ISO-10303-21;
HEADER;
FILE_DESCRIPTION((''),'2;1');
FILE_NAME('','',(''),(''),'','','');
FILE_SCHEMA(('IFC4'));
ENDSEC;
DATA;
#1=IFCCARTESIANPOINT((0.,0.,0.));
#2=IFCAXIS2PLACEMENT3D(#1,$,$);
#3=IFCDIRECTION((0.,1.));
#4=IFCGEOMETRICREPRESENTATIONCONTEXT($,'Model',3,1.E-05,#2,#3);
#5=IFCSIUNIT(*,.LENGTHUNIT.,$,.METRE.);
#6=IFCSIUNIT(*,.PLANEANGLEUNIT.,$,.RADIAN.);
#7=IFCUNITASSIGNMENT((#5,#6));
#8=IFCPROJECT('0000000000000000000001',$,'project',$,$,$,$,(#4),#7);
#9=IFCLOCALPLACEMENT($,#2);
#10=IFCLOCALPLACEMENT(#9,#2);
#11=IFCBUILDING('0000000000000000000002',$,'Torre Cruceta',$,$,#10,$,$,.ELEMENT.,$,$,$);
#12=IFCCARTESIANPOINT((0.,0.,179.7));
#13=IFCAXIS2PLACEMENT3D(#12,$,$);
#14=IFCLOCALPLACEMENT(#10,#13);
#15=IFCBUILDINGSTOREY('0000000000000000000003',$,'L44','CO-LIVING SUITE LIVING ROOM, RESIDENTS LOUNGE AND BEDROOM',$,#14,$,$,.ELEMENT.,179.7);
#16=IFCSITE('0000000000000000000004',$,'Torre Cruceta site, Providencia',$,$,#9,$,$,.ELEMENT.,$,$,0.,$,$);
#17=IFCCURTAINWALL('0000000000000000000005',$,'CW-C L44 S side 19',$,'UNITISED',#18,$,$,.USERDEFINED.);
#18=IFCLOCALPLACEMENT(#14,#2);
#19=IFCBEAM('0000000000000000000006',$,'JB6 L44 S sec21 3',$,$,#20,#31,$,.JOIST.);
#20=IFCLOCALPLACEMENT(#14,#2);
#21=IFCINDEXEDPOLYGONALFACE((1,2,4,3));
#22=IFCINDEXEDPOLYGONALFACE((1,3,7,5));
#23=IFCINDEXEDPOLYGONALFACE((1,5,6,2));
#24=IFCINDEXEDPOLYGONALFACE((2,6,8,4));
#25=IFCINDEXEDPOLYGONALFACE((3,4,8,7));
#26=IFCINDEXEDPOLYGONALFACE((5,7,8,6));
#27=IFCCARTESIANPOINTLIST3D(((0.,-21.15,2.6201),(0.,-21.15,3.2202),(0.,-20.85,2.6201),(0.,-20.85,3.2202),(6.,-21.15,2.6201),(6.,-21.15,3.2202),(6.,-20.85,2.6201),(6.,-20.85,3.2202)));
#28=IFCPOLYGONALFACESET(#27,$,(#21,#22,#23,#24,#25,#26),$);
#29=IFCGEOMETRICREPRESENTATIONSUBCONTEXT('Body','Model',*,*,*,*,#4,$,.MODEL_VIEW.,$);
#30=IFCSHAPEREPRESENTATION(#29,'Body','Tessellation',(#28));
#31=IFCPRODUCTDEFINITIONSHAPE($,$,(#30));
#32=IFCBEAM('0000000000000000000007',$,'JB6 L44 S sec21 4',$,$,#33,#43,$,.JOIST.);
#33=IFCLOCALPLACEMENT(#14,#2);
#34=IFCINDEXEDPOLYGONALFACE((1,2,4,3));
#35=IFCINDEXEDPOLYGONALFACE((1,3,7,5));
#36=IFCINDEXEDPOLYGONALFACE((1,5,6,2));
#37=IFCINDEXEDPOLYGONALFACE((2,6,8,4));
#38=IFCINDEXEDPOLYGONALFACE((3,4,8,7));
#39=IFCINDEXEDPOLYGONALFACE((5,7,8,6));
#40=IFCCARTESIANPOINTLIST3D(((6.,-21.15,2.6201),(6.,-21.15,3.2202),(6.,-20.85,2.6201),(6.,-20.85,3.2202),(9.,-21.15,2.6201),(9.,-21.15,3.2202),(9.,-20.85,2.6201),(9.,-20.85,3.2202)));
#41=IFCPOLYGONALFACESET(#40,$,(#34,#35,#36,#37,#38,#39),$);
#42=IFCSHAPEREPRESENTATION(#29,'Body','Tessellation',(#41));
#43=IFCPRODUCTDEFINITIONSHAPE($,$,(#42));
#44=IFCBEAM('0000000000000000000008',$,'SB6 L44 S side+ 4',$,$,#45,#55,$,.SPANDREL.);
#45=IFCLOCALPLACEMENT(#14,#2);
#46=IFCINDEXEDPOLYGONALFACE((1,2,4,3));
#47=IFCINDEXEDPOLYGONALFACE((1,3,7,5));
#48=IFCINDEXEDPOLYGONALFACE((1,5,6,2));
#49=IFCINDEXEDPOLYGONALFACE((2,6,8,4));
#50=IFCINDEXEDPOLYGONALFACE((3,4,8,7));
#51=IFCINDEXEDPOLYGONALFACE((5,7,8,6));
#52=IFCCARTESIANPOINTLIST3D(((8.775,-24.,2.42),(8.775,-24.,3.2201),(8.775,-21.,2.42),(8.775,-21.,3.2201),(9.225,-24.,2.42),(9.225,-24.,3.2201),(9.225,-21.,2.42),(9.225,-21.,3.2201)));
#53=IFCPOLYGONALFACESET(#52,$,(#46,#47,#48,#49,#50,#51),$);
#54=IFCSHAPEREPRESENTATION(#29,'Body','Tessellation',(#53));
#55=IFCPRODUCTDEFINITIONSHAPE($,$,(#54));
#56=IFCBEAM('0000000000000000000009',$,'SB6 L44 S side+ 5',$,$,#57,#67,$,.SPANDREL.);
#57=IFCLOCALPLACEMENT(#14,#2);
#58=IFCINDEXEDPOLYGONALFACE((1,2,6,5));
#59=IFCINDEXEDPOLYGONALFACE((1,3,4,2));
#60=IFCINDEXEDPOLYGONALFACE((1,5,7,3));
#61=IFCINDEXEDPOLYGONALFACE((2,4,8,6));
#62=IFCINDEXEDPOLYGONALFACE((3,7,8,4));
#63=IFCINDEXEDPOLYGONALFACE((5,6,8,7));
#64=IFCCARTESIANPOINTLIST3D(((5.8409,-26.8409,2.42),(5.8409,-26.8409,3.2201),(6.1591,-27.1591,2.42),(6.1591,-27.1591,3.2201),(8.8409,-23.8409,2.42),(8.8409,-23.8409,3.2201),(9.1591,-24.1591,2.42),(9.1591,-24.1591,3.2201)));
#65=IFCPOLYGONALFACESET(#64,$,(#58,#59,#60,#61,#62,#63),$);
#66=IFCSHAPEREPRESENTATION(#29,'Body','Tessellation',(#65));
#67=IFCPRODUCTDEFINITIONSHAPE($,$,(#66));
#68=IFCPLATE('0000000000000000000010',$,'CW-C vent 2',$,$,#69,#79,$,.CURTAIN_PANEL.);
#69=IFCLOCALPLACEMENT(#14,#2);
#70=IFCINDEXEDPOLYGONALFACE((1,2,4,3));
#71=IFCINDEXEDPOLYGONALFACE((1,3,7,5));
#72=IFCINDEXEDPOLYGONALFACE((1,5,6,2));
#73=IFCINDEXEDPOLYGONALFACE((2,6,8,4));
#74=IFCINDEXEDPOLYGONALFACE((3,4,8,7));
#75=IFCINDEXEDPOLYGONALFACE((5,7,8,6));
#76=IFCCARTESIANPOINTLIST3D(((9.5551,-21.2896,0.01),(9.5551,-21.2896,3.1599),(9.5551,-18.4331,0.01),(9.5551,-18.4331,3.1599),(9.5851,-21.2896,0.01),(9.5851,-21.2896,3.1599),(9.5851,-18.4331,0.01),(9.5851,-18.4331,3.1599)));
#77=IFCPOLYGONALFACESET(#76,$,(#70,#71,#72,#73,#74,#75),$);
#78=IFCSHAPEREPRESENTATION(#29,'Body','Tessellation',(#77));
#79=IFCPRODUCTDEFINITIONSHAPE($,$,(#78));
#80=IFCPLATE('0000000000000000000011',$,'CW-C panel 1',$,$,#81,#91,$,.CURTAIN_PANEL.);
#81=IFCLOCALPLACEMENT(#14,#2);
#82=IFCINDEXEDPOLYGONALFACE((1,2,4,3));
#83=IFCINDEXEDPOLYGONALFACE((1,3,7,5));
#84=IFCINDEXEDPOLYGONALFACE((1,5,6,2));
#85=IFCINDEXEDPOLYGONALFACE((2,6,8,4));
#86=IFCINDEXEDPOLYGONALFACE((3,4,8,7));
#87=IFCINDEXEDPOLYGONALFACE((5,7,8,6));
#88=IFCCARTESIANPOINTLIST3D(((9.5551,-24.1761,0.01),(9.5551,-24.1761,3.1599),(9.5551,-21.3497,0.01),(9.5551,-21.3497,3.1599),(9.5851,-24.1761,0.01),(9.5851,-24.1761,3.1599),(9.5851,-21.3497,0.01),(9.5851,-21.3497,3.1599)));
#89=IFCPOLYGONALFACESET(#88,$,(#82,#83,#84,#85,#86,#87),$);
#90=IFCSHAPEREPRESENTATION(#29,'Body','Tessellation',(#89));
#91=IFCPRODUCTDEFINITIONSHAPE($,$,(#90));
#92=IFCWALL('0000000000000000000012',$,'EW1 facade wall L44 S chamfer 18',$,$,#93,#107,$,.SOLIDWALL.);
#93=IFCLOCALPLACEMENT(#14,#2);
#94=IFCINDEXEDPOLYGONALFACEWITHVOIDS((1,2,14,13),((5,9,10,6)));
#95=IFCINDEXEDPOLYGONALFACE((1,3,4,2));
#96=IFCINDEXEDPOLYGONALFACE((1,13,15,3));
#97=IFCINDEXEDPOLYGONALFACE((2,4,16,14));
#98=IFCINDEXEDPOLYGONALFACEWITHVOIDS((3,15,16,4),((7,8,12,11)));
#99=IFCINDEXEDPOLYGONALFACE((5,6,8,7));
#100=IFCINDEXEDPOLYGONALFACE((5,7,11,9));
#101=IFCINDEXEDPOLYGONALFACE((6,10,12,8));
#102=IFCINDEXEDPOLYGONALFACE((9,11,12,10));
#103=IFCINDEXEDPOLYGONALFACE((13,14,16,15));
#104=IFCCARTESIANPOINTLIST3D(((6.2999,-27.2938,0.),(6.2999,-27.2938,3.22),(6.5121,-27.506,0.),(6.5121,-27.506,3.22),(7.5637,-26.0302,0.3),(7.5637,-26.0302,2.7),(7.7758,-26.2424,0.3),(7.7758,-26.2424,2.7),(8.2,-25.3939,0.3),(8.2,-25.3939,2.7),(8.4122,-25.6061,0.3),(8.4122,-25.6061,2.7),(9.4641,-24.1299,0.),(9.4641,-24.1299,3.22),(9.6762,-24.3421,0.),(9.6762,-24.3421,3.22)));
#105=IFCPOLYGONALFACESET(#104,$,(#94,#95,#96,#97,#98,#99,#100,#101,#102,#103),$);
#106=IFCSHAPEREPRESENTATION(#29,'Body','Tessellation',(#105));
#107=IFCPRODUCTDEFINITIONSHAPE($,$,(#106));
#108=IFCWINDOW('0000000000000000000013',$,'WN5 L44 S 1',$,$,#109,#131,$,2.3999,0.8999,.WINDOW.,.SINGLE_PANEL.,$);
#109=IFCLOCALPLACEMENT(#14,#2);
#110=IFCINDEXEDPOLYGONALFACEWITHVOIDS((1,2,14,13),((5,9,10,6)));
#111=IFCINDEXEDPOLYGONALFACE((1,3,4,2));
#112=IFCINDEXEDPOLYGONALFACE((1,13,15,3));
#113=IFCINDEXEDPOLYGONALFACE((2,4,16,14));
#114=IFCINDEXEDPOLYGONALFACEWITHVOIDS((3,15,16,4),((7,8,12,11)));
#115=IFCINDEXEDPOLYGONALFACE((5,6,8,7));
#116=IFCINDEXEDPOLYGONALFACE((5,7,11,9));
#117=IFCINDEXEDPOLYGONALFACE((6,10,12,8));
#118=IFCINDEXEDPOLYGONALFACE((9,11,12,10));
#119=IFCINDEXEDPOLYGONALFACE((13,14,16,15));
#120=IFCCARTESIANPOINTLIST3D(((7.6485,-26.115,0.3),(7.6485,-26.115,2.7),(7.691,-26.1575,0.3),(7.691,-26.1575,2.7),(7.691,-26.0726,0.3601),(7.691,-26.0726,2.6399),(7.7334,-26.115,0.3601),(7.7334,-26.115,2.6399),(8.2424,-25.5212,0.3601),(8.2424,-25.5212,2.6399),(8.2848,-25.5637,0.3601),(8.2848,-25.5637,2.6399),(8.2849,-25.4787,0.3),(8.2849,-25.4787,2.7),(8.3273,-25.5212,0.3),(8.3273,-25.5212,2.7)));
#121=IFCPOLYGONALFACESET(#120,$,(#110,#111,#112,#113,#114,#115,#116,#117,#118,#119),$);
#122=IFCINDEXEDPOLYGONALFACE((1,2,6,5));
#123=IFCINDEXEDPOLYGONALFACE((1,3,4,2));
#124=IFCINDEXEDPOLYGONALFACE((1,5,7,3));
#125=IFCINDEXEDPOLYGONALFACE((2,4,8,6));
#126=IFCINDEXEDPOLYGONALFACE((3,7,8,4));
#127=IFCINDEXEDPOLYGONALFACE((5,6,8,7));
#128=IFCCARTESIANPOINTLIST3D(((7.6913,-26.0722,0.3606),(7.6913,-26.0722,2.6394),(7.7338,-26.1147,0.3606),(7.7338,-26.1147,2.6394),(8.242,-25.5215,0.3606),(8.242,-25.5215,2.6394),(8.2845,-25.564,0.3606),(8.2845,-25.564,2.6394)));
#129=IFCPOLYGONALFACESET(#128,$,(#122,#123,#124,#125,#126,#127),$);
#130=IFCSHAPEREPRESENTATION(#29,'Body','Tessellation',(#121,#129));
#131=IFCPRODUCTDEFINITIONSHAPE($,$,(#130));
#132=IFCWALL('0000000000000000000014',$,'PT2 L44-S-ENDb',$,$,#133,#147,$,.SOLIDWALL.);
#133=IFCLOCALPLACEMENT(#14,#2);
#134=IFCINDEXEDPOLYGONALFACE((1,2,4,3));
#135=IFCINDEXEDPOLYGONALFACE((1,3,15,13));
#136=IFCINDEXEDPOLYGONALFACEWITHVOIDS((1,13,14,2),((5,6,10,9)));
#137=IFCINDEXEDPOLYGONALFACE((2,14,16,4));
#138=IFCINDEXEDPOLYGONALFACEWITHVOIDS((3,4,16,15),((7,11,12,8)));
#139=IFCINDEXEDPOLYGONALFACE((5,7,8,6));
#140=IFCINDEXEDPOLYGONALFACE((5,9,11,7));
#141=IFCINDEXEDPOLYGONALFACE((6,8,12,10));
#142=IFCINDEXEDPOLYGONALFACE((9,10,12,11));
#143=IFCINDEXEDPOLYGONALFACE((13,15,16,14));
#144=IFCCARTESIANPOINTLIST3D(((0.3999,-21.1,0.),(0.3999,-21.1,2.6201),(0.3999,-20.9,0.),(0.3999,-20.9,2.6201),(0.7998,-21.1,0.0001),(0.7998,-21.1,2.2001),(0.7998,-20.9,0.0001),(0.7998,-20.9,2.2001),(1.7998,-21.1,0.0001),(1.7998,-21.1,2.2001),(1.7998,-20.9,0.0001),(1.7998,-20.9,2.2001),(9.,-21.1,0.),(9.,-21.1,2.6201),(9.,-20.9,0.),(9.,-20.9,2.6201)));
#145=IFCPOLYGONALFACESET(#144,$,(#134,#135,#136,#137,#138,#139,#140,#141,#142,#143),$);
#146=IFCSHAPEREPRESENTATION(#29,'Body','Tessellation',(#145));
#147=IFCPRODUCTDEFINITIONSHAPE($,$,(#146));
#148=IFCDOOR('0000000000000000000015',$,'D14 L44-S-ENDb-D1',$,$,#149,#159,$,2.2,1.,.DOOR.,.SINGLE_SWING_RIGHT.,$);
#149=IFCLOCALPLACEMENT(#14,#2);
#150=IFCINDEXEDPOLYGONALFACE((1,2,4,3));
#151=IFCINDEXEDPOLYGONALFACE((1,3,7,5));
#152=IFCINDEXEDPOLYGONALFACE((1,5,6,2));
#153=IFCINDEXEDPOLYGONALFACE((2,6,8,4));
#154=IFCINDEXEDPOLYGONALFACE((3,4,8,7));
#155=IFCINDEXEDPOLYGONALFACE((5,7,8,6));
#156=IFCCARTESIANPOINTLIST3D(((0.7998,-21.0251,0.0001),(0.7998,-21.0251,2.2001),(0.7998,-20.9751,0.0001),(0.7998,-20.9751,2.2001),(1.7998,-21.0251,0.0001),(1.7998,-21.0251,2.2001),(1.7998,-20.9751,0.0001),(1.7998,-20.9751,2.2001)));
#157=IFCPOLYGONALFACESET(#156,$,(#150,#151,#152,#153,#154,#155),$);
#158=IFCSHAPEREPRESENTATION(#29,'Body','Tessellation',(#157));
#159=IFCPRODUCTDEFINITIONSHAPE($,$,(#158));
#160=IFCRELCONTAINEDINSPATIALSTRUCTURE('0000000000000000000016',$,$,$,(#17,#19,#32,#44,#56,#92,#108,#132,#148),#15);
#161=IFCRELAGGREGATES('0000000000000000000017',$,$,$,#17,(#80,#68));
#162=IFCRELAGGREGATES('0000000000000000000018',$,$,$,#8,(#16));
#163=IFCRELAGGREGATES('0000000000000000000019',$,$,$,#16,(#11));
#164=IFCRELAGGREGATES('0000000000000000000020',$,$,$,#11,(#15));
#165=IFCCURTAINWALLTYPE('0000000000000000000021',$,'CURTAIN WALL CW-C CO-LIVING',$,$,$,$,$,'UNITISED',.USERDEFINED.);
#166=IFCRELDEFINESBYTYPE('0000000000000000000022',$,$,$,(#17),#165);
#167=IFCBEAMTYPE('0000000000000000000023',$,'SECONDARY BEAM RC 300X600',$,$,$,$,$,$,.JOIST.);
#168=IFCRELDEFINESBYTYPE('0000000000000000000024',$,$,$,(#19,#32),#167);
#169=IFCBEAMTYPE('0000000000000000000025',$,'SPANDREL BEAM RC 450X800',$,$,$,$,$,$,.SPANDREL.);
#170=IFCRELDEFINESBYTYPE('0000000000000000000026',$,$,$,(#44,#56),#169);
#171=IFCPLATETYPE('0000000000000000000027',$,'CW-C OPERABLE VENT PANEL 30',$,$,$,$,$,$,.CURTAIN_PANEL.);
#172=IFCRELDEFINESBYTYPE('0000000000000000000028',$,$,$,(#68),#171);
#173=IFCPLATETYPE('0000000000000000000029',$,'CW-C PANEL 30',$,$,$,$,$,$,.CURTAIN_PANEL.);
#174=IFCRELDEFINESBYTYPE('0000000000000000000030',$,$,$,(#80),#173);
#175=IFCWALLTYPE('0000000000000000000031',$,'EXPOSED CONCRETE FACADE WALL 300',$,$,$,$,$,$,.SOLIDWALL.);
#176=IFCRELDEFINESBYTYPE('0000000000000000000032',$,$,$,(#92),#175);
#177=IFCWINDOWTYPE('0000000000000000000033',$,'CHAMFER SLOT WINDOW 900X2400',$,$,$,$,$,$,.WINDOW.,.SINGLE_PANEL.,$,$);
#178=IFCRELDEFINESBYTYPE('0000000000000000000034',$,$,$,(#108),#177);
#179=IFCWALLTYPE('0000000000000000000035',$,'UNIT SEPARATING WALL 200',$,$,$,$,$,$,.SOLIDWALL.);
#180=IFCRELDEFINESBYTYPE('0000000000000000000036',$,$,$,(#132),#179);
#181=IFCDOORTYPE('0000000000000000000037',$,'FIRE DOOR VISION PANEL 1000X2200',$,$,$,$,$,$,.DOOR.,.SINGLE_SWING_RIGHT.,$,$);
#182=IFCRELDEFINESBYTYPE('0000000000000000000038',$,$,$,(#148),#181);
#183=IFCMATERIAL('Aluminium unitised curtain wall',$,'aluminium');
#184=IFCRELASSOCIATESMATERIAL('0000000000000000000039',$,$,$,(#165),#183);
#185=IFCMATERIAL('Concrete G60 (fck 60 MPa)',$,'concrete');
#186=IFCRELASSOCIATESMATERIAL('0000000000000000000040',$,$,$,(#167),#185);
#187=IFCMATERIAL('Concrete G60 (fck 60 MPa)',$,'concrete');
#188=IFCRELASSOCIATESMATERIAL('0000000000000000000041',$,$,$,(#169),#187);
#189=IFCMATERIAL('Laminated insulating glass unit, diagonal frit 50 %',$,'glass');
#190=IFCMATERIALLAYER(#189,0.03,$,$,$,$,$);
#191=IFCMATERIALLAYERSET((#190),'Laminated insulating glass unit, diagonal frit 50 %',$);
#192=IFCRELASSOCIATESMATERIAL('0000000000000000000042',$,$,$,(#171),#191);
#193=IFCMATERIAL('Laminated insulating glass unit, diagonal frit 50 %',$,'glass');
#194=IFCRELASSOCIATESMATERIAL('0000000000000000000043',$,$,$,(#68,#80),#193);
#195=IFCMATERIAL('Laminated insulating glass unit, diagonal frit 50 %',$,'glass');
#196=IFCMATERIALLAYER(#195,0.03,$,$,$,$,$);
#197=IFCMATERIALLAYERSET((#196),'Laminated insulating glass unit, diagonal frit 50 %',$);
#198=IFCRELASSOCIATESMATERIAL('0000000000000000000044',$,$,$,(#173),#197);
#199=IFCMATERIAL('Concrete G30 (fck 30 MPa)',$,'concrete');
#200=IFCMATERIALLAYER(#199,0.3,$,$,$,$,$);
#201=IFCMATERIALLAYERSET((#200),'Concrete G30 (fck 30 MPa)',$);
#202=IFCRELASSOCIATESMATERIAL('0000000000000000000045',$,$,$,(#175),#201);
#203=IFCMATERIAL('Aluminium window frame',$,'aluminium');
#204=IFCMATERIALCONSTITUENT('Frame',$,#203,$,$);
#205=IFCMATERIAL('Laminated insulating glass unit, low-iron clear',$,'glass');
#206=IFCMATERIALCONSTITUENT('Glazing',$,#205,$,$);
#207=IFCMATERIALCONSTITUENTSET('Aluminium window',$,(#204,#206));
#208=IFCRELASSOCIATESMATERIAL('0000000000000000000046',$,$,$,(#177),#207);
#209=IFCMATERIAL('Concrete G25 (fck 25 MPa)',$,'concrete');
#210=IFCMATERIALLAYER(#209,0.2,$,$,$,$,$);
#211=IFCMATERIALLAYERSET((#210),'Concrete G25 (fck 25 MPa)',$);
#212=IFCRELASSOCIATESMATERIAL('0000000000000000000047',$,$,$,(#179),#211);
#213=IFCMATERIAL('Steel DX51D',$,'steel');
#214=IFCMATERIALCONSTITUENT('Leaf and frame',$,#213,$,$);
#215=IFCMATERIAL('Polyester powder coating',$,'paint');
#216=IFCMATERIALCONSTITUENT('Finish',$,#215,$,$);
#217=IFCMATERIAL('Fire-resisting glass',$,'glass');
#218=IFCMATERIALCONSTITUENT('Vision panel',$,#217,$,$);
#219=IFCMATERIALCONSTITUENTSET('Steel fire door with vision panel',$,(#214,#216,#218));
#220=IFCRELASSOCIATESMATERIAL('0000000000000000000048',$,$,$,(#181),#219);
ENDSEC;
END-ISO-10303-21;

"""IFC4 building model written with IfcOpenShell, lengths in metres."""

from ifc_helpers import new_model, si_unit, direction, frame, frame_2d, origin, origin_2d, place, context, subcontext, project, spatial, rectangle, hollow_rectangle, extrude, material, layer, layer_set, constituent, constituent_set, material_profile, profile_set, type_object, element, fill, aggregate, save


model = new_model("IFC4")

# Units and contexts
model_context = context("Model", 3, precision=1e-05, world=origin(), true_north=direction((0.0, 1.0)))
body_context = subcontext(model_context, "Body", "Model", "MODEL_VIEW")
ifc_project = project(units=[si_unit("LENGTHUNIT", "METRE"), si_unit("PLANEANGLEUNIT", "RADIAN")], contexts=[model_context])

# Site, building, storey
site_placement = place(None, origin())
site = spatial("IfcSite", under=ifc_project, at=site_placement, Name="Torre Cruceta site, Providencia", CompositionType="ELEMENT", RefElevation=0.0)
building_placement = place(site_placement, origin())
building = spatial("IfcBuilding", under=site, at=building_placement, Name="Torre Cruceta", CompositionType="ELEMENT")
storey_placement = place(building_placement, frame((0.0, 0.0, 179.7)))
storey = spatial("IfcBuildingStorey", under=building, at=storey_placement, Name="L44", Description="CO-LIVING SUITE LIVING ROOM, RESIDENTS LOUNGE AND BEDROOM", CompositionType="ELEMENT", Elevation=179.7)

# Curtain wall
ifc_material_1 = material(Name="Aluminium unitised curtain wall", Category="aluminium")
curtain_wall_type = type_object("IfcCurtainWallType", Name="CURTAIN WALL CW-C CO-LIVING", ElementType="UNITISED", PredefinedType="USERDEFINED", material=ifc_material_1)
curtain_wall_placement = place(storey_placement, origin())
curtain_wall = element("IfcCurtainWall", 1, at=curtain_wall_placement, inside=storey, type_object=curtain_wall_type, Name="CW-C L44 S side 19", ObjectType="UNITISED", PredefinedType="USERDEFINED")

# Beams
ifc_material_2 = material(Name="Concrete G60 (fck 60 MPa)", Category="concrete")
ifc_material_profile_1 = material_profile(ifc_material_2, rectangle(XDim=0.3, YDim=0.6001, at=origin_2d()), Name="RC 300X600")
ifc_profile_set_1 = profile_set([ifc_material_profile_1], Name="Concrete G60 (fck 60 MPa)")
beam_type_1 = type_object("IfcBeamType", Name="SECONDARY BEAM RC 300X600", PredefinedType="JOIST", material=ifc_profile_set_1)
beam_1_placement = place(storey_placement, frame((0.0, -21.0, 2.9202), z_axis=(1.0, 0.0, 0.0), x_axis=(0.0, 1.0, 0.0)))
element("IfcBeam", 2, at=beam_1_placement, inside=storey, type_object=beam_type_1, Name="JB6 L44 S sec21 3", PredefinedType="JOIST", context=body_context, shape_type="SweptSolid", body=[
    extrude(rectangle(XDim=0.3, YDim=0.6001, at=origin_2d()), origin(), (0.0, 0.0, 1.0), 6.0),
])
beam_2_placement = place(storey_placement, frame((6.0, -21.0, 2.9202), z_axis=(1.0, 0.0, 0.0), x_axis=(0.0, 1.0, 0.0)))
element("IfcBeam", 3, at=beam_2_placement, inside=storey, type_object=beam_type_1, Name="JB6 L44 S sec21 4", PredefinedType="JOIST", context=body_context, shape_type="SweptSolid", body=[
    extrude(rectangle(XDim=0.3, YDim=0.6001, at=origin_2d()), origin(), (0.0, 0.0, 1.0), 3.0),
])
ifc_material_3 = material(Name="Concrete G60 (fck 60 MPa)", Category="concrete")
ifc_material_profile_2 = material_profile(ifc_material_3, rectangle(XDim=0.45, YDim=0.8, at=origin_2d()), Name="RC 450X800")
ifc_profile_set_2 = profile_set([ifc_material_profile_2], Name="Concrete G60 (fck 60 MPa)")
beam_type_2 = type_object("IfcBeamType", Name="SPANDREL BEAM RC 450X800", PredefinedType="SPANDREL", material=ifc_profile_set_2)
beam_3_placement = place(storey_placement, frame((9.0, -21.0, 2.8201), z_axis=(0.0, -1.0, 0.0), x_axis=(1.0, 0.0, 0.0)))
element("IfcBeam", 4, at=beam_3_placement, inside=storey, type_object=beam_type_2, Name="SB6 L44 S side+ 4", PredefinedType="SPANDREL", context=body_context, shape_type="SweptSolid", body=[
    extrude(rectangle(XDim=0.45, YDim=0.8, at=origin_2d()), origin(), (0.0, 0.0, 1.0), 3.0),
])
beam_4_placement = place(storey_placement, frame((9.0, -24.0, 2.8201), z_axis=(-0.707107, -0.707107, 0.0), x_axis=(0.707107, -0.707107, 0.0)))
element("IfcBeam", 5, at=beam_4_placement, inside=storey, type_object=beam_type_2, Name="SB6 L44 S side+ 5", PredefinedType="SPANDREL", context=body_context, shape_type="SweptSolid", body=[
    extrude(rectangle(XDim=0.45, YDim=0.8, at=origin_2d()), origin(), (0.0, 0.0, 1.0), 4.2427),
])

# Plates
ifc_material_4 = material(Name="Laminated insulating glass unit, diagonal frit 50 %", Category="glass")
ifc_material_5 = material(Name="Laminated insulating glass unit, diagonal frit 50 %", Category="glass")
ifc_layer_1 = layer(ifc_material_5, 0.03)
ifc_layer_set_1 = layer_set([ifc_layer_1], Name="Laminated insulating glass unit, diagonal frit 50 %")
plate_type_1 = type_object("IfcPlateType", Name="CW-C OPERABLE VENT PANEL 30", PredefinedType="CURTAIN_PANEL", material=ifc_layer_set_1)
plate_1_placement = place(storey_placement, frame((9.5701, -19.8613, 0.01), z_axis=(0.0, 0.0, 1.0), x_axis=(0.0, 1.0, 0.0)))
plate_1 = element("IfcPlate", 6, at=plate_1_placement, type_object=plate_type_1, material=ifc_material_4, Name="CW-C vent 2", PredefinedType="CURTAIN_PANEL", context=body_context, shape_type="SweptSolid", body=[
    extrude(rectangle(XDim=2.8564, YDim=0.03, at=origin_2d()), origin(), (0.0, 0.0, 1.0), 3.1499),
])
ifc_material_6 = material(Name="Laminated insulating glass unit, diagonal frit 50 %", Category="glass")
ifc_layer_2 = layer(ifc_material_6, 0.03)
ifc_layer_set_2 = layer_set([ifc_layer_2], Name="Laminated insulating glass unit, diagonal frit 50 %")
plate_type_2 = type_object("IfcPlateType", Name="CW-C PANEL 30", PredefinedType="CURTAIN_PANEL", material=ifc_layer_set_2)
plate_2_placement = place(storey_placement, frame((9.5701, -22.7629, 0.01), z_axis=(0.0, 0.0, 1.0), x_axis=(0.0, 1.0, 0.0)))
plate_2 = element("IfcPlate", 7, at=plate_2_placement, type_object=plate_type_2, material=ifc_material_4, Name="CW-C panel 1", PredefinedType="CURTAIN_PANEL", context=body_context, shape_type="SweptSolid", body=[
    extrude(rectangle(XDim=2.8264, YDim=0.03, at=origin_2d()), origin(), (0.0, 0.0, 1.0), 3.1499),
])
aggregate(curtain_wall, [plate_2, plate_1])

# Wall, opening, window
ifc_material_7 = material(Name="Concrete G30 (fck 30 MPa)", Category="concrete")
ifc_layer_3 = layer(ifc_material_7, 0.3)
ifc_layer_set_3 = layer_set([ifc_layer_3], Name="Concrete G30 (fck 30 MPa)")
wall_type_1 = type_object("IfcWallType", Name="EXPOSED CONCRETE FACADE WALL 300", PredefinedType="SOLIDWALL", material=ifc_layer_set_3)
wall_1_placement = place(storey_placement, frame((6.406, -27.3999, 0.0), z_axis=(0.0, 0.0, 1.0), x_axis=(0.707134, 0.707079, 0.0)))
wall_1 = element("IfcWall", 8, at=wall_1_placement, inside=storey, type_object=wall_type_1, Name="EW1 facade wall L44 S chamfer 18", PredefinedType="SOLIDWALL", context=body_context, shape_type="SweptSolid", body=[
    extrude(rectangle(XDim=4.4746, YDim=0.3, at=frame_2d((2.2373, 0.0))), origin(), (0.0, 0.0, 1.0), 3.22),
])
opening_1_placement = place(wall_1_placement, frame((1.7871, 0.0, 0.3)))
opening_1 = element("IfcOpeningElement", 9, at=opening_1_placement, cuts=wall_1, PredefinedType="OPENING", context=body_context, shape_type="SweptSolid", body=[
    extrude(rectangle(XDim=0.8999, YDim=2.3999, at=frame_2d((0.45, 1.2))), frame((0.0, 0.1599, 0.0), z_axis=(0.0, -1.0, 0.0), x_axis=(1.0, 0.0, 0.0)), (0.0, 0.0, 1.0), 0.3201),
])
ifc_material_8 = material(Name="Aluminium window frame", Category="aluminium")
ifc_constituent_1 = constituent(ifc_material_8, Name="Frame")
ifc_material_9 = material(Name="Laminated insulating glass unit, low-iron clear", Category="glass")
ifc_constituent_2 = constituent(ifc_material_9, Name="Glazing")
ifc_constituent_set_1 = constituent_set(constituents=[ifc_constituent_1, ifc_constituent_2], Name="Aluminium window")
window_type = type_object("IfcWindowType", Name="CHAMFER SLOT WINDOW 900X2400", PartitioningType="SINGLE_PANEL", PredefinedType="WINDOW", material=ifc_constituent_set_1)
window_placement = place(opening_1_placement, origin())
window = element("IfcWindow", 10, at=window_placement, inside=storey, type_object=window_type, Name="WN5 L44 S 1", OverallHeight=2.3999, OverallWidth=0.8999, PartitioningType="SINGLE_PANEL", PredefinedType="WINDOW", context=body_context, shape_type="SweptSolid", body=[
    extrude(hollow_rectangle(XDim=0.8999, YDim=2.3999, WallThickness=0.0601, at=frame_2d((0.45, 1.2))), frame((0.0, 0.03, 0.0), z_axis=(0.0, -1.0, 0.0), x_axis=(1.0, 0.0, 0.0)), (0.0, 0.0, 1.0), 0.0601),
    extrude(rectangle(XDim=0.7788, YDim=2.2788, at=frame_2d((0.45, 1.2))), frame((0.0, 0.03, 0.0), z_axis=(0.0, -1.0, 0.0), x_axis=(1.0, 0.0, 0.0)), (0.0, 0.0, 1.0), 0.0601),
])
fill(opening_1, window)

# Wall, opening, door
ifc_material_10 = material(Name="Concrete G25 (fck 25 MPa)", Category="concrete")
ifc_layer_4 = layer(ifc_material_10, 0.2)
ifc_layer_set_4 = layer_set([ifc_layer_4], Name="Concrete G25 (fck 25 MPa)")
wall_type_2 = type_object("IfcWallType", Name="UNIT SEPARATING WALL 200", PredefinedType="SOLIDWALL", material=ifc_layer_set_4)
wall_2_placement = place(storey_placement, frame((0.3999, -21.0, 0.0), z_axis=(0.0, 0.0, 1.0), x_axis=(1.0, 0.0, 0.0)))
wall_2 = element("IfcWall", 11, at=wall_2_placement, inside=storey, type_object=wall_type_2, Name="PT2 L44-S-ENDb", PredefinedType="SOLIDWALL", context=body_context, shape_type="SweptSolid", body=[
    extrude(rectangle(XDim=8.6001, YDim=0.2, at=frame_2d((4.3, 0.0))), origin(), (0.0, 0.0, 1.0), 2.6201),
])
opening_2_placement = place(wall_2_placement, frame((0.3999, 0.0, 0.0)))
opening_2 = element("IfcOpeningElement", 12, at=opening_2_placement, cuts=wall_2, PredefinedType="OPENING", context=body_context, shape_type="SweptSolid", body=[
    extrude(rectangle(XDim=1.0, YDim=2.2, at=frame_2d((0.5, 1.1001))), frame((0.0, 0.1099, 0.0), z_axis=(0.0, -1.0, 0.0), x_axis=(1.0, 0.0, 0.0)), (0.0, 0.0, 1.0), 0.22),
])
ifc_material_11 = material(Name="Steel DX51D", Category="steel")
ifc_constituent_3 = constituent(ifc_material_11, Name="Leaf and frame")
ifc_material_12 = material(Name="Polyester powder coating", Category="paint")
ifc_constituent_4 = constituent(ifc_material_12, Name="Finish")
ifc_material_13 = material(Name="Fire-resisting glass", Category="glass")
ifc_constituent_5 = constituent(ifc_material_13, Name="Vision panel")
ifc_constituent_set_2 = constituent_set(constituents=[ifc_constituent_3, ifc_constituent_4, ifc_constituent_5], Name="Steel fire door with vision panel")
door_type = type_object("IfcDoorType", Name="FIRE DOOR VISION PANEL 1000X2200", OperationType="SINGLE_SWING_RIGHT", PredefinedType="DOOR", material=ifc_constituent_set_2)
door_placement = place(opening_2_placement, frame((1.0, 0.0, 0.0), z_axis=(0.0, 0.0, 1.0), x_axis=(-1.0, 0.0, 0.0)))
door = element("IfcDoor", 13, at=door_placement, inside=storey, type_object=door_type, Name="D14 L44-S-ENDb-D1", OperationType="SINGLE_SWING_RIGHT", OverallHeight=2.2, OverallWidth=1.0, PredefinedType="DOOR", context=body_context, shape_type="SweptSolid", body=[
    extrude(rectangle(XDim=1.0, YDim=2.2, at=frame_2d((0.5, 1.1001))), frame((0.0, 0.0251, 0.0), z_axis=(0.0, -1.0, 0.0), x_axis=(1.0, 0.0, 0.0)), (0.0, 0.0, 1.0), 0.05),
])
fill(opening_2, door)

save(model, "model.ifc")
